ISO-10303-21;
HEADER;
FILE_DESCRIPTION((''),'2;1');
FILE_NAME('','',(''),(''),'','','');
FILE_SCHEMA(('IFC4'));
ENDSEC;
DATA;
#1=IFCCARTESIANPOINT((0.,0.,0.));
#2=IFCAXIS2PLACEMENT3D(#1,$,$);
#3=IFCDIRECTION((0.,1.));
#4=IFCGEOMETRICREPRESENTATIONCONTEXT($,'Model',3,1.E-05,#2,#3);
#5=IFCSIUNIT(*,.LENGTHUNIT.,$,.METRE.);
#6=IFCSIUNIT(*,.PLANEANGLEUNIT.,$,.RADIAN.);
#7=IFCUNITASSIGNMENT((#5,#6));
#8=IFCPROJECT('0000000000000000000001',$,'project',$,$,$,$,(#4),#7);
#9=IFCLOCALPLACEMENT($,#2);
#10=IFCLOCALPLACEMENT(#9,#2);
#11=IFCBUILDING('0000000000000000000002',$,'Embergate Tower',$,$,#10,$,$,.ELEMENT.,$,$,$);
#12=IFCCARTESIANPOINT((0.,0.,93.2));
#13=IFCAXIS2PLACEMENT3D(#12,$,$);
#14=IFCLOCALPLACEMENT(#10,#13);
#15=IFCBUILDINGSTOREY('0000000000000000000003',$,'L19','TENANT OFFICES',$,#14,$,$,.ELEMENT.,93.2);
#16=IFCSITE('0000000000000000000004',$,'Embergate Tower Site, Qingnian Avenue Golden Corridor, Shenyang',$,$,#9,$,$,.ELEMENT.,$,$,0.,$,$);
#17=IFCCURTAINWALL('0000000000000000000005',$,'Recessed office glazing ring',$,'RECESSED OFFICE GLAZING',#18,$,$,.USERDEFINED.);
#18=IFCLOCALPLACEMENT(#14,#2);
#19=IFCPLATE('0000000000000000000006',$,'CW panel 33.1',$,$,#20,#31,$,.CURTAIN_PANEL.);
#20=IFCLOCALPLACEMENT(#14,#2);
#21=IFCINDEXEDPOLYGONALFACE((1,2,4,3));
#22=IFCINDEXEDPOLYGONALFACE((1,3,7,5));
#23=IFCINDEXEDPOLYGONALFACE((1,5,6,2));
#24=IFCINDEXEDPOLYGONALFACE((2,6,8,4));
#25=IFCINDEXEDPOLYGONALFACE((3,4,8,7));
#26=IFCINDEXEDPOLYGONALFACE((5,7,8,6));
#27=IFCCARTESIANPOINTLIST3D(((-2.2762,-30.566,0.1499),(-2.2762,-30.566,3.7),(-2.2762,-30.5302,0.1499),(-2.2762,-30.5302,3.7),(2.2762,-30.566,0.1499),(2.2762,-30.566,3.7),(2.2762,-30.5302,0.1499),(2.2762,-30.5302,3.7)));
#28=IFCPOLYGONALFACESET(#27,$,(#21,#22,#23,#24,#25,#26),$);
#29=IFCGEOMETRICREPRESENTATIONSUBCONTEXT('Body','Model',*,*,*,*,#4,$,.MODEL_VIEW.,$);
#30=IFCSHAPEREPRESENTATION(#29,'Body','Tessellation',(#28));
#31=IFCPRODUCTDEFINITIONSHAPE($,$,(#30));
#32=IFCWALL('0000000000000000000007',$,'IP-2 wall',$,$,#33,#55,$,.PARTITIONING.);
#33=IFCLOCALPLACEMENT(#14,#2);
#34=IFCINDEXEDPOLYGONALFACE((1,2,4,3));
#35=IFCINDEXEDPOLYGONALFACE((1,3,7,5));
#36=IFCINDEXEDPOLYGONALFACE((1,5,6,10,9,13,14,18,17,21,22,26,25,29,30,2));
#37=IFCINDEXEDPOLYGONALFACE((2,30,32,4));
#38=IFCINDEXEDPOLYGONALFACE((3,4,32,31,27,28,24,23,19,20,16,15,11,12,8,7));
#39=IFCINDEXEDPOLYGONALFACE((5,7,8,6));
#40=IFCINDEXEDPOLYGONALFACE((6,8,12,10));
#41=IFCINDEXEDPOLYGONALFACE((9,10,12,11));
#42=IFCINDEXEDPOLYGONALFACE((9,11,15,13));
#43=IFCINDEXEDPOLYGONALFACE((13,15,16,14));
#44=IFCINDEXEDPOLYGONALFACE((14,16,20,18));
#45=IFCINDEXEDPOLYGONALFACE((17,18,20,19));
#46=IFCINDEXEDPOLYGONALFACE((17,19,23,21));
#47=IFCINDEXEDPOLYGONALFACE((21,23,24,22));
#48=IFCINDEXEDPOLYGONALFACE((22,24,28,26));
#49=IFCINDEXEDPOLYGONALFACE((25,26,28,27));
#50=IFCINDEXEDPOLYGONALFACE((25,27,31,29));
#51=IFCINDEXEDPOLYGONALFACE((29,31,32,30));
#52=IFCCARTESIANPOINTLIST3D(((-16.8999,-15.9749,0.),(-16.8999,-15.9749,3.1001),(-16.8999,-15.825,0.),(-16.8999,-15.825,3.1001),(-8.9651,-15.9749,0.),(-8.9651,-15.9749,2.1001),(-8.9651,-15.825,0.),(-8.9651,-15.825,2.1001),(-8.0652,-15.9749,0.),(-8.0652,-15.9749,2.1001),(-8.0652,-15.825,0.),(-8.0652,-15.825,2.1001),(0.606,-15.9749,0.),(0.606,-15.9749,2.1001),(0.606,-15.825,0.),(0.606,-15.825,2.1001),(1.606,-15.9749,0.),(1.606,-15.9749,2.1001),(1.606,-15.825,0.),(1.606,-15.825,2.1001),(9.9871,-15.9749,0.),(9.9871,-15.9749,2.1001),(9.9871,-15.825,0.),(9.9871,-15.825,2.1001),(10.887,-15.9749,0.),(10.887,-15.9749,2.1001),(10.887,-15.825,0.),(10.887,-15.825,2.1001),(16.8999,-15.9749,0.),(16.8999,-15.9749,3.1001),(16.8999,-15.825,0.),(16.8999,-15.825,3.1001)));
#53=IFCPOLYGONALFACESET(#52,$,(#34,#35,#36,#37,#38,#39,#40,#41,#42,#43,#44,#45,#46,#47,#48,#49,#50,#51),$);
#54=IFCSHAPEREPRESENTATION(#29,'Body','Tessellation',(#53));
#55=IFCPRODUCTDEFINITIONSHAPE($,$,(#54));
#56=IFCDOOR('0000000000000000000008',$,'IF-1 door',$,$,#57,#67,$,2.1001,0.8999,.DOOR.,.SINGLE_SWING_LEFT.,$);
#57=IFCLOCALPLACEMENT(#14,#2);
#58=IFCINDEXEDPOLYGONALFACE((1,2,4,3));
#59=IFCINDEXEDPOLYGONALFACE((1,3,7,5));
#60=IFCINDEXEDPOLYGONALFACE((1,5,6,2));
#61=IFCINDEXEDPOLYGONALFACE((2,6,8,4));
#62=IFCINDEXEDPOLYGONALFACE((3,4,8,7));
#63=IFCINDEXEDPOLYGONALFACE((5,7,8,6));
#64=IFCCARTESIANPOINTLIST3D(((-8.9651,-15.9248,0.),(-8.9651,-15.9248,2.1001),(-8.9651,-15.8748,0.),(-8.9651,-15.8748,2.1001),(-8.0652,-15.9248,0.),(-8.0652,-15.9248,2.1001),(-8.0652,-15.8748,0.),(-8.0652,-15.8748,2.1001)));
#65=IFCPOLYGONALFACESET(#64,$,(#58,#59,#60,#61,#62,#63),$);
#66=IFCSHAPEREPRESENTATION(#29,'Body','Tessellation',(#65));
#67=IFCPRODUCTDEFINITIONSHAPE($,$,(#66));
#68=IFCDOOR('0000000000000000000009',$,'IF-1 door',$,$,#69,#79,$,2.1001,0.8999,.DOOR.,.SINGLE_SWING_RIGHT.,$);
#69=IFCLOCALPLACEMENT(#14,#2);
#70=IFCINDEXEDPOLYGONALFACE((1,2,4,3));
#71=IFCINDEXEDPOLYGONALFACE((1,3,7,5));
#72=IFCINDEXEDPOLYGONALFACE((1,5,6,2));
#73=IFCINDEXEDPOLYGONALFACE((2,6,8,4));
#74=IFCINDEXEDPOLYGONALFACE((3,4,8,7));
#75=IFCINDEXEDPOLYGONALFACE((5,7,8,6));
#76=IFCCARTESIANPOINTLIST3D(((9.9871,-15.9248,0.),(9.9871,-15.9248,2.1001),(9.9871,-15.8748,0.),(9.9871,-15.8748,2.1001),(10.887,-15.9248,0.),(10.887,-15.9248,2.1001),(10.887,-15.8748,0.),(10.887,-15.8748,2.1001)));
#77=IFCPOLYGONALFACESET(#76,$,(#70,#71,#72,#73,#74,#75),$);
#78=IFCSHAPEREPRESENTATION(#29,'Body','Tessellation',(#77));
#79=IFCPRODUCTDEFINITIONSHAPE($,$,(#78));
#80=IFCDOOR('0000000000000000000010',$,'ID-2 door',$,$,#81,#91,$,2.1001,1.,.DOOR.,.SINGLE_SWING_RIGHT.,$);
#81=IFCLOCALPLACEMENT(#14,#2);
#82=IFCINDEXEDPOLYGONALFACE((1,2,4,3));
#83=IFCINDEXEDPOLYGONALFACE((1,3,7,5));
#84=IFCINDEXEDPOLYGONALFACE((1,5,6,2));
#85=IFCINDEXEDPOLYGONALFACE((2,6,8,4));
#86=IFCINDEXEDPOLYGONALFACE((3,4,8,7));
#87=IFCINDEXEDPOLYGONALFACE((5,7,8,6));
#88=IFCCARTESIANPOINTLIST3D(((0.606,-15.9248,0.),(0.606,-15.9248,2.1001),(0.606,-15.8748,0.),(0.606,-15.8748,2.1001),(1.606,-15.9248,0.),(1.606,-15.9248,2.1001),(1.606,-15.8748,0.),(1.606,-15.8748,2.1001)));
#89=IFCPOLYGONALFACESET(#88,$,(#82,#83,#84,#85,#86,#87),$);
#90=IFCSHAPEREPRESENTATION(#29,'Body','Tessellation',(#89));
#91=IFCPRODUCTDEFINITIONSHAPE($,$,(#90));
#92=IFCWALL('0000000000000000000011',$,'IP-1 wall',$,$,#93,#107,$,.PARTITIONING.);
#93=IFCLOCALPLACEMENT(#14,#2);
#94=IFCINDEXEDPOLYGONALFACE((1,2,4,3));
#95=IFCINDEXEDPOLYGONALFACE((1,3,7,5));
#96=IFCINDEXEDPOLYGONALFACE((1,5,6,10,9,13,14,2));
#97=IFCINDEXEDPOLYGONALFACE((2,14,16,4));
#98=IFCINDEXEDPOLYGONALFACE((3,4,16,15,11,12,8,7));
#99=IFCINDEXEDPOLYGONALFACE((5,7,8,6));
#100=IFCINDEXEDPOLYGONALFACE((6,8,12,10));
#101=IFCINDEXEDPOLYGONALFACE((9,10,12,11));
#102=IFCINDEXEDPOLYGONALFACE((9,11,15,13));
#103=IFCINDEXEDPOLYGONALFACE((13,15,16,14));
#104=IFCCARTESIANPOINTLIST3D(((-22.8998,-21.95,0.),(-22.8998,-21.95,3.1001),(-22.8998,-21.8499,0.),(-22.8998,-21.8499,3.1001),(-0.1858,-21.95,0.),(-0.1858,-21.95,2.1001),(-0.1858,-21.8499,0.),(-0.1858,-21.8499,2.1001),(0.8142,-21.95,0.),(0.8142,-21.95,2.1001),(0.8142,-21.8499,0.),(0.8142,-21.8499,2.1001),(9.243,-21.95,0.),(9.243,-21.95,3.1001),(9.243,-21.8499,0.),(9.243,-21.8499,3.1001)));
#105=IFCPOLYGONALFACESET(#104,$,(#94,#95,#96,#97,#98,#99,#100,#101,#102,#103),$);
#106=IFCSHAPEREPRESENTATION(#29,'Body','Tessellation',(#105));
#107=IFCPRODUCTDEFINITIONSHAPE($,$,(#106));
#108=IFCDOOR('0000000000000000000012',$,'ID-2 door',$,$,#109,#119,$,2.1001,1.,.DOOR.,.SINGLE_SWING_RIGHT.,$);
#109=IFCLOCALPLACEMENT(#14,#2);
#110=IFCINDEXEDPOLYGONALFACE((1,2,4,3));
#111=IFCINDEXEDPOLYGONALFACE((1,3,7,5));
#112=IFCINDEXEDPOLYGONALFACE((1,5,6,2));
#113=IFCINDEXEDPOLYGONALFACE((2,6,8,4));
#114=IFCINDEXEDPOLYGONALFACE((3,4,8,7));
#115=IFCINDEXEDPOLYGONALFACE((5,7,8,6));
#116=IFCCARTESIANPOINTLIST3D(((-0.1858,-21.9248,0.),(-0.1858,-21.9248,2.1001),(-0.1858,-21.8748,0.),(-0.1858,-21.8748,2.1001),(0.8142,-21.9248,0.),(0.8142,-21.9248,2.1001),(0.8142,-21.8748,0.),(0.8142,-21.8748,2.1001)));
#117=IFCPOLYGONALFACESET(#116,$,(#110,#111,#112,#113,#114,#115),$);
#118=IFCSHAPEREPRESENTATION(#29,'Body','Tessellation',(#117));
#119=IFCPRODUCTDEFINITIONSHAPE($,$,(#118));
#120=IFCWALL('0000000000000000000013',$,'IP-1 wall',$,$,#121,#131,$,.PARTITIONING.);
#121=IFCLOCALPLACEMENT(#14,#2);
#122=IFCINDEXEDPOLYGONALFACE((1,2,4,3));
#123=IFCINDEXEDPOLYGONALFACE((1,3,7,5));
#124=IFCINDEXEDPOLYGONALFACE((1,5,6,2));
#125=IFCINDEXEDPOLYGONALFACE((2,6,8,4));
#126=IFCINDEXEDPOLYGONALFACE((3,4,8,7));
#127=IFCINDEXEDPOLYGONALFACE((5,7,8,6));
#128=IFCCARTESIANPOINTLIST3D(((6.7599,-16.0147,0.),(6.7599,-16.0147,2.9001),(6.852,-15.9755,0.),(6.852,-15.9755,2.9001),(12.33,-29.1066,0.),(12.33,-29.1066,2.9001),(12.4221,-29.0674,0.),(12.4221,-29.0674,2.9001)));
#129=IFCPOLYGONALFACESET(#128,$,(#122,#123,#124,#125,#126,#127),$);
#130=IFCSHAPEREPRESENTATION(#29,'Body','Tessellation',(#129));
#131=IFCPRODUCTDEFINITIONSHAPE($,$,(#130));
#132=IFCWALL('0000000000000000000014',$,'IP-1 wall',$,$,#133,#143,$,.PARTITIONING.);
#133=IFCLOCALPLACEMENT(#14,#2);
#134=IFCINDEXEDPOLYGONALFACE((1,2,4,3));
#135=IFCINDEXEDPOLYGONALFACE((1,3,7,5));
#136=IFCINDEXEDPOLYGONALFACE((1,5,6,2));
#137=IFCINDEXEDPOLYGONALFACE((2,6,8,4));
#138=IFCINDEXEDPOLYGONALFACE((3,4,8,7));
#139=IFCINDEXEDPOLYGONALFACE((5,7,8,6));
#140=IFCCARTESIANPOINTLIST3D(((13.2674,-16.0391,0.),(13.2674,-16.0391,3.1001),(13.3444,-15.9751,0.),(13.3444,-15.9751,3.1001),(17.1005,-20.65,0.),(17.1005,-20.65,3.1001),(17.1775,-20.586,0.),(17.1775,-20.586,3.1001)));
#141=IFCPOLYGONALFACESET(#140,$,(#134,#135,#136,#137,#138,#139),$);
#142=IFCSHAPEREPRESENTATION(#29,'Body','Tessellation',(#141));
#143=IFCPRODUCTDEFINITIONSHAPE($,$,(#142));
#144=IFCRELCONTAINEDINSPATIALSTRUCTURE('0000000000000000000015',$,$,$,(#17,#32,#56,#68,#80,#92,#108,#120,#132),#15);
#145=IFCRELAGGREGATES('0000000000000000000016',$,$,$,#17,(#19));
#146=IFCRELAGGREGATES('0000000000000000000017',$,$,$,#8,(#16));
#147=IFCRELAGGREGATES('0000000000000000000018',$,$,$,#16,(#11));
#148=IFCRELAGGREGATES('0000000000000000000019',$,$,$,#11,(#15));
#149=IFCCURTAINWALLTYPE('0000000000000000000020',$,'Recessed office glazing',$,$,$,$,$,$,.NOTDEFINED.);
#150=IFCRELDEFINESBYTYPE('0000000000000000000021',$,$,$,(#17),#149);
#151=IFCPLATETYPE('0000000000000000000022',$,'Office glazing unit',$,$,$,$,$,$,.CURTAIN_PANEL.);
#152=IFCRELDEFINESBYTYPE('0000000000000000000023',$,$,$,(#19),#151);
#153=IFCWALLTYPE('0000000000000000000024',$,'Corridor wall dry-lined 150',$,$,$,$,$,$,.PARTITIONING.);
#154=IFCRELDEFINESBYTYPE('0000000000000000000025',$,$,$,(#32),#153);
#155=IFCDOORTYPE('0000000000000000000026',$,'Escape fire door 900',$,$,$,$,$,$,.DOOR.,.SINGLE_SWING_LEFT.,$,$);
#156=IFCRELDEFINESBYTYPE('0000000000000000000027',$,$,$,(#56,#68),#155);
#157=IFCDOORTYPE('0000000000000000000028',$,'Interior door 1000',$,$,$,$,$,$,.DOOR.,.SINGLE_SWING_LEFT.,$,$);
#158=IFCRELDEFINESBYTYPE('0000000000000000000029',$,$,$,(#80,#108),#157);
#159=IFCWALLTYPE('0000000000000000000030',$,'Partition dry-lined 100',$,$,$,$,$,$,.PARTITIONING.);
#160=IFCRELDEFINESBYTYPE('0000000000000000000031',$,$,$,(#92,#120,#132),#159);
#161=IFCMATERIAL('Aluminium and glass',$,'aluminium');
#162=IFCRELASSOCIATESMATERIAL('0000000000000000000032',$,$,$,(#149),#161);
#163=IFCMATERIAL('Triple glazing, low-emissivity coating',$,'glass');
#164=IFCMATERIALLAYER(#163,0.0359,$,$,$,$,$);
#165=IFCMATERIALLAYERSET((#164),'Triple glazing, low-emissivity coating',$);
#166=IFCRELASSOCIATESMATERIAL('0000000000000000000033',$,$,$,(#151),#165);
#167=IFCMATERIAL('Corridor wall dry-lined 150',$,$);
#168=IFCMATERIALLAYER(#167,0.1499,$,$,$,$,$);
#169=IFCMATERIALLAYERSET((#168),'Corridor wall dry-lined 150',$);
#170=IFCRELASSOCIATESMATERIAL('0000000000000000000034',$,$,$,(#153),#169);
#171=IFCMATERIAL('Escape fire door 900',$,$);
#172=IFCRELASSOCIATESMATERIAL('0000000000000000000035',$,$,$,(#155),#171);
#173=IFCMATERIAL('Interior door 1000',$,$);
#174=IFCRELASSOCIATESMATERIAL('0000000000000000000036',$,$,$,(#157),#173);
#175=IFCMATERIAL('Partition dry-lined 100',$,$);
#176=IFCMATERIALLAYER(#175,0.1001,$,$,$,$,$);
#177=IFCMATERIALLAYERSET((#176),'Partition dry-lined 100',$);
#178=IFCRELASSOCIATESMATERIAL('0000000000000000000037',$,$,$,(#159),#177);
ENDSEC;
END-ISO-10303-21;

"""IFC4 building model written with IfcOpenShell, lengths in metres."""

from ifc_helpers import new_model, si_unit, direction, frame, frame_2d, origin, origin_2d, place, context, subcontext, project, spatial, rectangle, extrude, source, transform, mapped, material, layer, layer_set, type_object, element, fill, aggregate, save


model = new_model("IFC4")

# Units and contexts
model_context = context("Model", 3, precision=1e-05, world=origin(), true_north=direction((0.0, 1.0)))
body_context = subcontext(model_context, "Body", "Model", "MODEL_VIEW")
ifc_project = project(units=[si_unit("LENGTHUNIT", "METRE"), si_unit("PLANEANGLEUNIT", "RADIAN")], contexts=[model_context])

# Site, building, storey
site_placement = place(None, origin())
site = spatial("IfcSite", under=ifc_project, at=site_placement, Name="Embergate Tower Site, Qingnian Avenue Golden Corridor, Shenyang", CompositionType="ELEMENT", RefElevation=0.0)
building_placement = place(site_placement, origin())
building = spatial("IfcBuilding", under=site, at=building_placement, Name="Embergate Tower", CompositionType="ELEMENT")
storey_placement = place(building_placement, frame((0.0, 0.0, 93.2)))
storey = spatial("IfcBuildingStorey", under=building, at=storey_placement, Name="L19", Description="TENANT OFFICES", CompositionType="ELEMENT", Elevation=93.2)

# Curtain wall
ifc_material_1 = material(Name="Aluminium and glass", Category="aluminium")
curtain_wall_type = type_object("IfcCurtainWallType", Name="Recessed office glazing", PredefinedType="NOTDEFINED", material=ifc_material_1)
curtain_wall_placement = place(storey_placement, origin())
curtain_wall = element("IfcCurtainWall", 1, at=curtain_wall_placement, inside=storey, type_object=curtain_wall_type, Name="Recessed office glazing ring", ObjectType="RECESSED OFFICE GLAZING", PredefinedType="USERDEFINED")

# Plate
ifc_material_2 = material(Name="Triple glazing, low-emissivity coating", Category="glass")
ifc_layer_1 = layer(ifc_material_2, 0.0359)
ifc_layer_set_1 = layer_set([ifc_layer_1], Name="Triple glazing, low-emissivity coating")
plate_type = type_object("IfcPlateType", Name="Office glazing unit", PredefinedType="CURTAIN_PANEL", material=ifc_layer_set_1)
shared_shape_1 = source(origin(), body_context, "Body", "SweptSolid", [
    extrude(rectangle(XDim=4.5525, YDim=0.0359, at=origin_2d()), origin(), (0.0, 0.0, 1.0), 3.55),
])
plate_1_placement = place(storey_placement, frame((0.0, -30.5481, 0.1499), z_axis=(0.0, 0.0, 1.0), x_axis=(1.0, 0.0, 0.0)))
plate_1 = element("IfcPlate", 2, at=plate_1_placement, type_object=plate_type, Name="CW panel 33.1", PredefinedType="CURTAIN_PANEL", context=body_context, shape_type="MappedRepresentation", body=[
    mapped(shared_shape_1, transform((0.0, 0.0, 0.0))),
])
aggregate(curtain_wall, [plate_1])

# Wall, openings, doors
ifc_material_3 = material(Name="Corridor wall dry-lined 150")
ifc_layer_2 = layer(ifc_material_3, 0.1499)
ifc_layer_set_2 = layer_set([ifc_layer_2], Name="Corridor wall dry-lined 150")
wall_type_1 = type_object("IfcWallType", Name="Corridor wall dry-lined 150", PredefinedType="PARTITIONING", material=ifc_layer_set_2)
shared_shape_2 = source(origin(), body_context, "Body", "SweptSolid", [
    extrude(rectangle(XDim=33.7998, YDim=0.1499, at=frame_2d((16.8999, 0.0))), origin(), (0.0, 0.0, 1.0), 3.1001),
])
wall_1_placement = place(storey_placement, frame((16.8999, -15.8999, 0.0), z_axis=(0.0, 0.0, 1.0), x_axis=(-1.0, 0.0, 0.0)))
wall_1 = element("IfcWall", 3, at=wall_1_placement, inside=storey, type_object=wall_type_1, Name="IP-2 wall", PredefinedType="PARTITIONING", context=body_context, shape_type="MappedRepresentation", body=[
    mapped(shared_shape_2, transform((0.0, 0.0, 0.0))),
])
shared_shape_3 = source(origin(), body_context, "Body", "SweptSolid", [
    extrude(rectangle(XDim=0.8999, YDim=2.1001, at=frame_2d((0.45, 1.05))), frame((0.0, 0.085, 0.0), z_axis=(0.0, -1.0, 0.0), x_axis=(1.0, 0.0, 0.0)), (0.0, 0.0, 1.0), 0.1699),
])
opening_1_placement = place(wall_1_placement, frame((24.9651, 0.0, 0.0)))
opening_1 = element("IfcOpeningElement", 4, at=opening_1_placement, cuts=wall_1, PredefinedType="OPENING", context=body_context, shape_type="MappedRepresentation", body=[
    mapped(shared_shape_3, transform((0.0, 0.0, 0.0))),
])
shared_shape_4 = source(origin(), body_context, "Body", "SweptSolid", [
    extrude(rectangle(XDim=1.0, YDim=2.1001, at=frame_2d((0.5, 1.05))), frame((0.0, 0.085, 0.0), z_axis=(0.0, -1.0, 0.0), x_axis=(1.0, 0.0, 0.0)), (0.0, 0.0, 1.0), 0.1699),
])
opening_2_placement = place(wall_1_placement, frame((15.2939, 0.0, 0.0)))
opening_2 = element("IfcOpeningElement", 5, at=opening_2_placement, cuts=wall_1, PredefinedType="OPENING", context=body_context, shape_type="MappedRepresentation", body=[
    mapped(shared_shape_4, transform((0.0, 0.0, 0.0))),
])
opening_3_placement = place(wall_1_placement, frame((6.0129, 0.0, 0.0)))
opening_3 = element("IfcOpeningElement", 6, at=opening_3_placement, cuts=wall_1, PredefinedType="OPENING", context=body_context, shape_type="MappedRepresentation", body=[
    mapped(shared_shape_3, transform((0.0, 0.0, 0.0))),
])
ifc_material_4 = material(Name="Escape fire door 900")
door_type_1 = type_object("IfcDoorType", Name="Escape fire door 900", OperationType="SINGLE_SWING_LEFT", PredefinedType="DOOR", material=ifc_material_4)
shared_shape_5 = source(origin(), body_context, "Body", "SweptSolid", [
    extrude(rectangle(XDim=0.8999, YDim=2.1001, at=frame_2d((0.45, 1.05))), frame((0.0, 0.0249, 0.0), z_axis=(0.0, -1.0, 0.0), x_axis=(1.0, 0.0, 0.0)), (0.0, 0.0, 1.0), 0.05),
])
door_1_placement = place(opening_1_placement, origin())
door_1 = element("IfcDoor", 7, at=door_1_placement, inside=storey, type_object=door_type_1, Name="IF-1 door", OperationType="SINGLE_SWING_LEFT", OverallHeight=2.1001, OverallWidth=0.8999, PredefinedType="DOOR", context=body_context, shape_type="MappedRepresentation", body=[
    mapped(shared_shape_5, transform((0.0, 0.0, 0.0))),
])
fill(opening_1, door_1)
door_2_placement = place(opening_3_placement, origin())
door_2 = element("IfcDoor", 8, at=door_2_placement, inside=storey, type_object=door_type_1, Name="IF-1 door", OperationType="SINGLE_SWING_RIGHT", OverallHeight=2.1001, OverallWidth=0.8999, PredefinedType="DOOR", context=body_context, shape_type="MappedRepresentation", body=[
    mapped(shared_shape_5, transform((0.0, 0.0, 0.0))),
])
fill(opening_3, door_2)
ifc_material_5 = material(Name="Interior door 1000")
door_type_2 = type_object("IfcDoorType", Name="Interior door 1000", OperationType="SINGLE_SWING_LEFT", PredefinedType="DOOR", material=ifc_material_5)
shared_shape_6 = source(origin(), body_context, "Body", "SweptSolid", [
    extrude(rectangle(XDim=1.0, YDim=2.1001, at=frame_2d((0.5, 1.05))), frame((0.0, 0.0249, 0.0), z_axis=(0.0, -1.0, 0.0), x_axis=(1.0, 0.0, 0.0)), (0.0, 0.0, 1.0), 0.05),
])
door_3_placement = place(opening_2_placement, origin())
door_3 = element("IfcDoor", 9, at=door_3_placement, inside=storey, type_object=door_type_2, Name="ID-2 door", OperationType="SINGLE_SWING_RIGHT", OverallHeight=2.1001, OverallWidth=1.0, PredefinedType="DOOR", context=body_context, shape_type="MappedRepresentation", body=[
    mapped(shared_shape_6, transform((0.0, 0.0, 0.0))),
])
fill(opening_2, door_3)

# Wall, opening, door
ifc_material_6 = material(Name="Partition dry-lined 100")
ifc_layer_3 = layer(ifc_material_6, 0.1001)
ifc_layer_set_3 = layer_set([ifc_layer_3], Name="Partition dry-lined 100")
wall_type_2 = type_object("IfcWallType", Name="Partition dry-lined 100", PredefinedType="PARTITIONING", material=ifc_layer_set_3)
shared_shape_7 = source(origin(), body_context, "Body", "SweptSolid", [
    extrude(rectangle(XDim=32.1428, YDim=0.1001, at=frame_2d((16.0713, 0.0))), origin(), (0.0, 0.0, 1.0), 3.1001),
])
wall_2_placement = place(storey_placement, frame((9.2429, -21.8999, 0.0), z_axis=(0.0, 0.0, 1.0), x_axis=(-1.0, 0.0, 0.0)))
wall_2 = element("IfcWall", 10, at=wall_2_placement, inside=storey, type_object=wall_type_2, Name="IP-1 wall", PredefinedType="PARTITIONING", context=body_context, shape_type="MappedRepresentation", body=[
    mapped(shared_shape_7, transform((0.0, 0.0, 0.0))),
])
shared_shape_8 = source(origin(), body_context, "Body", "SweptSolid", [
    extrude(rectangle(XDim=1.0, YDim=2.1001, at=frame_2d((0.5, 1.05))), frame((0.0, 0.0601, 0.0), z_axis=(0.0, -1.0, 0.0), x_axis=(1.0, 0.0, 0.0)), (0.0, 0.0, 1.0), 0.1201),
])
opening_4_placement = place(wall_2_placement, frame((8.4287, 0.0, 0.0)))
opening_4 = element("IfcOpeningElement", 11, at=opening_4_placement, cuts=wall_2, PredefinedType="OPENING", context=body_context, shape_type="MappedRepresentation", body=[
    mapped(shared_shape_8, transform((0.0, 0.0, 0.0))),
])
door_4_placement = place(opening_4_placement, origin())
door_4 = element("IfcDoor", 12, at=door_4_placement, inside=storey, type_object=door_type_2, Name="ID-2 door", OperationType="SINGLE_SWING_RIGHT", OverallHeight=2.1001, OverallWidth=1.0, PredefinedType="DOOR", context=body_context, shape_type="MappedRepresentation", body=[
    mapped(shared_shape_6, transform((0.0, 0.0, 0.0))),
])
fill(opening_4, door_4)

# Walls
shared_shape_9 = source(origin(), body_context, "Body", "SweptSolid", [
    extrude(rectangle(XDim=14.2275, YDim=0.1001, at=frame_2d((7.1138, 0.0))), origin(), (0.0, 0.0, 1.0), 2.9001),
])
wall_3_placement = place(storey_placement, frame((6.8059, -15.9951, 0.0), z_axis=(0.0, 0.0, 1.0), x_axis=(0.391501, -0.920178, 0.0)))
element("IfcWall", 13, at=wall_3_placement, inside=storey, type_object=wall_type_2, Name="IP-1 wall", PredefinedType="PARTITIONING", context=body_context, shape_type="MappedRepresentation", body=[
    mapped(shared_shape_9, transform((0.0, 0.0, 0.0))),
])
shared_shape_10 = source(origin(), body_context, "Body", "SweptSolid", [
    extrude(rectangle(XDim=5.9961, YDim=0.1001, at=frame_2d((2.998, 0.0))), origin(), (0.0, 0.0, 1.0), 3.1001),
])
wall_4_placement = place(storey_placement, frame((13.3059, -16.0071, 0.0), z_axis=(0.0, 0.0, 1.0), x_axis=(0.639263, -0.768988, 0.0)))
element("IfcWall", 14, at=wall_4_placement, inside=storey, type_object=wall_type_2, Name="IP-1 wall", PredefinedType="PARTITIONING", context=body_context, shape_type="MappedRepresentation", body=[
    mapped(shared_shape_10, transform((0.0, 0.0, 0.0))),
])

save(model, "model.ifc")
